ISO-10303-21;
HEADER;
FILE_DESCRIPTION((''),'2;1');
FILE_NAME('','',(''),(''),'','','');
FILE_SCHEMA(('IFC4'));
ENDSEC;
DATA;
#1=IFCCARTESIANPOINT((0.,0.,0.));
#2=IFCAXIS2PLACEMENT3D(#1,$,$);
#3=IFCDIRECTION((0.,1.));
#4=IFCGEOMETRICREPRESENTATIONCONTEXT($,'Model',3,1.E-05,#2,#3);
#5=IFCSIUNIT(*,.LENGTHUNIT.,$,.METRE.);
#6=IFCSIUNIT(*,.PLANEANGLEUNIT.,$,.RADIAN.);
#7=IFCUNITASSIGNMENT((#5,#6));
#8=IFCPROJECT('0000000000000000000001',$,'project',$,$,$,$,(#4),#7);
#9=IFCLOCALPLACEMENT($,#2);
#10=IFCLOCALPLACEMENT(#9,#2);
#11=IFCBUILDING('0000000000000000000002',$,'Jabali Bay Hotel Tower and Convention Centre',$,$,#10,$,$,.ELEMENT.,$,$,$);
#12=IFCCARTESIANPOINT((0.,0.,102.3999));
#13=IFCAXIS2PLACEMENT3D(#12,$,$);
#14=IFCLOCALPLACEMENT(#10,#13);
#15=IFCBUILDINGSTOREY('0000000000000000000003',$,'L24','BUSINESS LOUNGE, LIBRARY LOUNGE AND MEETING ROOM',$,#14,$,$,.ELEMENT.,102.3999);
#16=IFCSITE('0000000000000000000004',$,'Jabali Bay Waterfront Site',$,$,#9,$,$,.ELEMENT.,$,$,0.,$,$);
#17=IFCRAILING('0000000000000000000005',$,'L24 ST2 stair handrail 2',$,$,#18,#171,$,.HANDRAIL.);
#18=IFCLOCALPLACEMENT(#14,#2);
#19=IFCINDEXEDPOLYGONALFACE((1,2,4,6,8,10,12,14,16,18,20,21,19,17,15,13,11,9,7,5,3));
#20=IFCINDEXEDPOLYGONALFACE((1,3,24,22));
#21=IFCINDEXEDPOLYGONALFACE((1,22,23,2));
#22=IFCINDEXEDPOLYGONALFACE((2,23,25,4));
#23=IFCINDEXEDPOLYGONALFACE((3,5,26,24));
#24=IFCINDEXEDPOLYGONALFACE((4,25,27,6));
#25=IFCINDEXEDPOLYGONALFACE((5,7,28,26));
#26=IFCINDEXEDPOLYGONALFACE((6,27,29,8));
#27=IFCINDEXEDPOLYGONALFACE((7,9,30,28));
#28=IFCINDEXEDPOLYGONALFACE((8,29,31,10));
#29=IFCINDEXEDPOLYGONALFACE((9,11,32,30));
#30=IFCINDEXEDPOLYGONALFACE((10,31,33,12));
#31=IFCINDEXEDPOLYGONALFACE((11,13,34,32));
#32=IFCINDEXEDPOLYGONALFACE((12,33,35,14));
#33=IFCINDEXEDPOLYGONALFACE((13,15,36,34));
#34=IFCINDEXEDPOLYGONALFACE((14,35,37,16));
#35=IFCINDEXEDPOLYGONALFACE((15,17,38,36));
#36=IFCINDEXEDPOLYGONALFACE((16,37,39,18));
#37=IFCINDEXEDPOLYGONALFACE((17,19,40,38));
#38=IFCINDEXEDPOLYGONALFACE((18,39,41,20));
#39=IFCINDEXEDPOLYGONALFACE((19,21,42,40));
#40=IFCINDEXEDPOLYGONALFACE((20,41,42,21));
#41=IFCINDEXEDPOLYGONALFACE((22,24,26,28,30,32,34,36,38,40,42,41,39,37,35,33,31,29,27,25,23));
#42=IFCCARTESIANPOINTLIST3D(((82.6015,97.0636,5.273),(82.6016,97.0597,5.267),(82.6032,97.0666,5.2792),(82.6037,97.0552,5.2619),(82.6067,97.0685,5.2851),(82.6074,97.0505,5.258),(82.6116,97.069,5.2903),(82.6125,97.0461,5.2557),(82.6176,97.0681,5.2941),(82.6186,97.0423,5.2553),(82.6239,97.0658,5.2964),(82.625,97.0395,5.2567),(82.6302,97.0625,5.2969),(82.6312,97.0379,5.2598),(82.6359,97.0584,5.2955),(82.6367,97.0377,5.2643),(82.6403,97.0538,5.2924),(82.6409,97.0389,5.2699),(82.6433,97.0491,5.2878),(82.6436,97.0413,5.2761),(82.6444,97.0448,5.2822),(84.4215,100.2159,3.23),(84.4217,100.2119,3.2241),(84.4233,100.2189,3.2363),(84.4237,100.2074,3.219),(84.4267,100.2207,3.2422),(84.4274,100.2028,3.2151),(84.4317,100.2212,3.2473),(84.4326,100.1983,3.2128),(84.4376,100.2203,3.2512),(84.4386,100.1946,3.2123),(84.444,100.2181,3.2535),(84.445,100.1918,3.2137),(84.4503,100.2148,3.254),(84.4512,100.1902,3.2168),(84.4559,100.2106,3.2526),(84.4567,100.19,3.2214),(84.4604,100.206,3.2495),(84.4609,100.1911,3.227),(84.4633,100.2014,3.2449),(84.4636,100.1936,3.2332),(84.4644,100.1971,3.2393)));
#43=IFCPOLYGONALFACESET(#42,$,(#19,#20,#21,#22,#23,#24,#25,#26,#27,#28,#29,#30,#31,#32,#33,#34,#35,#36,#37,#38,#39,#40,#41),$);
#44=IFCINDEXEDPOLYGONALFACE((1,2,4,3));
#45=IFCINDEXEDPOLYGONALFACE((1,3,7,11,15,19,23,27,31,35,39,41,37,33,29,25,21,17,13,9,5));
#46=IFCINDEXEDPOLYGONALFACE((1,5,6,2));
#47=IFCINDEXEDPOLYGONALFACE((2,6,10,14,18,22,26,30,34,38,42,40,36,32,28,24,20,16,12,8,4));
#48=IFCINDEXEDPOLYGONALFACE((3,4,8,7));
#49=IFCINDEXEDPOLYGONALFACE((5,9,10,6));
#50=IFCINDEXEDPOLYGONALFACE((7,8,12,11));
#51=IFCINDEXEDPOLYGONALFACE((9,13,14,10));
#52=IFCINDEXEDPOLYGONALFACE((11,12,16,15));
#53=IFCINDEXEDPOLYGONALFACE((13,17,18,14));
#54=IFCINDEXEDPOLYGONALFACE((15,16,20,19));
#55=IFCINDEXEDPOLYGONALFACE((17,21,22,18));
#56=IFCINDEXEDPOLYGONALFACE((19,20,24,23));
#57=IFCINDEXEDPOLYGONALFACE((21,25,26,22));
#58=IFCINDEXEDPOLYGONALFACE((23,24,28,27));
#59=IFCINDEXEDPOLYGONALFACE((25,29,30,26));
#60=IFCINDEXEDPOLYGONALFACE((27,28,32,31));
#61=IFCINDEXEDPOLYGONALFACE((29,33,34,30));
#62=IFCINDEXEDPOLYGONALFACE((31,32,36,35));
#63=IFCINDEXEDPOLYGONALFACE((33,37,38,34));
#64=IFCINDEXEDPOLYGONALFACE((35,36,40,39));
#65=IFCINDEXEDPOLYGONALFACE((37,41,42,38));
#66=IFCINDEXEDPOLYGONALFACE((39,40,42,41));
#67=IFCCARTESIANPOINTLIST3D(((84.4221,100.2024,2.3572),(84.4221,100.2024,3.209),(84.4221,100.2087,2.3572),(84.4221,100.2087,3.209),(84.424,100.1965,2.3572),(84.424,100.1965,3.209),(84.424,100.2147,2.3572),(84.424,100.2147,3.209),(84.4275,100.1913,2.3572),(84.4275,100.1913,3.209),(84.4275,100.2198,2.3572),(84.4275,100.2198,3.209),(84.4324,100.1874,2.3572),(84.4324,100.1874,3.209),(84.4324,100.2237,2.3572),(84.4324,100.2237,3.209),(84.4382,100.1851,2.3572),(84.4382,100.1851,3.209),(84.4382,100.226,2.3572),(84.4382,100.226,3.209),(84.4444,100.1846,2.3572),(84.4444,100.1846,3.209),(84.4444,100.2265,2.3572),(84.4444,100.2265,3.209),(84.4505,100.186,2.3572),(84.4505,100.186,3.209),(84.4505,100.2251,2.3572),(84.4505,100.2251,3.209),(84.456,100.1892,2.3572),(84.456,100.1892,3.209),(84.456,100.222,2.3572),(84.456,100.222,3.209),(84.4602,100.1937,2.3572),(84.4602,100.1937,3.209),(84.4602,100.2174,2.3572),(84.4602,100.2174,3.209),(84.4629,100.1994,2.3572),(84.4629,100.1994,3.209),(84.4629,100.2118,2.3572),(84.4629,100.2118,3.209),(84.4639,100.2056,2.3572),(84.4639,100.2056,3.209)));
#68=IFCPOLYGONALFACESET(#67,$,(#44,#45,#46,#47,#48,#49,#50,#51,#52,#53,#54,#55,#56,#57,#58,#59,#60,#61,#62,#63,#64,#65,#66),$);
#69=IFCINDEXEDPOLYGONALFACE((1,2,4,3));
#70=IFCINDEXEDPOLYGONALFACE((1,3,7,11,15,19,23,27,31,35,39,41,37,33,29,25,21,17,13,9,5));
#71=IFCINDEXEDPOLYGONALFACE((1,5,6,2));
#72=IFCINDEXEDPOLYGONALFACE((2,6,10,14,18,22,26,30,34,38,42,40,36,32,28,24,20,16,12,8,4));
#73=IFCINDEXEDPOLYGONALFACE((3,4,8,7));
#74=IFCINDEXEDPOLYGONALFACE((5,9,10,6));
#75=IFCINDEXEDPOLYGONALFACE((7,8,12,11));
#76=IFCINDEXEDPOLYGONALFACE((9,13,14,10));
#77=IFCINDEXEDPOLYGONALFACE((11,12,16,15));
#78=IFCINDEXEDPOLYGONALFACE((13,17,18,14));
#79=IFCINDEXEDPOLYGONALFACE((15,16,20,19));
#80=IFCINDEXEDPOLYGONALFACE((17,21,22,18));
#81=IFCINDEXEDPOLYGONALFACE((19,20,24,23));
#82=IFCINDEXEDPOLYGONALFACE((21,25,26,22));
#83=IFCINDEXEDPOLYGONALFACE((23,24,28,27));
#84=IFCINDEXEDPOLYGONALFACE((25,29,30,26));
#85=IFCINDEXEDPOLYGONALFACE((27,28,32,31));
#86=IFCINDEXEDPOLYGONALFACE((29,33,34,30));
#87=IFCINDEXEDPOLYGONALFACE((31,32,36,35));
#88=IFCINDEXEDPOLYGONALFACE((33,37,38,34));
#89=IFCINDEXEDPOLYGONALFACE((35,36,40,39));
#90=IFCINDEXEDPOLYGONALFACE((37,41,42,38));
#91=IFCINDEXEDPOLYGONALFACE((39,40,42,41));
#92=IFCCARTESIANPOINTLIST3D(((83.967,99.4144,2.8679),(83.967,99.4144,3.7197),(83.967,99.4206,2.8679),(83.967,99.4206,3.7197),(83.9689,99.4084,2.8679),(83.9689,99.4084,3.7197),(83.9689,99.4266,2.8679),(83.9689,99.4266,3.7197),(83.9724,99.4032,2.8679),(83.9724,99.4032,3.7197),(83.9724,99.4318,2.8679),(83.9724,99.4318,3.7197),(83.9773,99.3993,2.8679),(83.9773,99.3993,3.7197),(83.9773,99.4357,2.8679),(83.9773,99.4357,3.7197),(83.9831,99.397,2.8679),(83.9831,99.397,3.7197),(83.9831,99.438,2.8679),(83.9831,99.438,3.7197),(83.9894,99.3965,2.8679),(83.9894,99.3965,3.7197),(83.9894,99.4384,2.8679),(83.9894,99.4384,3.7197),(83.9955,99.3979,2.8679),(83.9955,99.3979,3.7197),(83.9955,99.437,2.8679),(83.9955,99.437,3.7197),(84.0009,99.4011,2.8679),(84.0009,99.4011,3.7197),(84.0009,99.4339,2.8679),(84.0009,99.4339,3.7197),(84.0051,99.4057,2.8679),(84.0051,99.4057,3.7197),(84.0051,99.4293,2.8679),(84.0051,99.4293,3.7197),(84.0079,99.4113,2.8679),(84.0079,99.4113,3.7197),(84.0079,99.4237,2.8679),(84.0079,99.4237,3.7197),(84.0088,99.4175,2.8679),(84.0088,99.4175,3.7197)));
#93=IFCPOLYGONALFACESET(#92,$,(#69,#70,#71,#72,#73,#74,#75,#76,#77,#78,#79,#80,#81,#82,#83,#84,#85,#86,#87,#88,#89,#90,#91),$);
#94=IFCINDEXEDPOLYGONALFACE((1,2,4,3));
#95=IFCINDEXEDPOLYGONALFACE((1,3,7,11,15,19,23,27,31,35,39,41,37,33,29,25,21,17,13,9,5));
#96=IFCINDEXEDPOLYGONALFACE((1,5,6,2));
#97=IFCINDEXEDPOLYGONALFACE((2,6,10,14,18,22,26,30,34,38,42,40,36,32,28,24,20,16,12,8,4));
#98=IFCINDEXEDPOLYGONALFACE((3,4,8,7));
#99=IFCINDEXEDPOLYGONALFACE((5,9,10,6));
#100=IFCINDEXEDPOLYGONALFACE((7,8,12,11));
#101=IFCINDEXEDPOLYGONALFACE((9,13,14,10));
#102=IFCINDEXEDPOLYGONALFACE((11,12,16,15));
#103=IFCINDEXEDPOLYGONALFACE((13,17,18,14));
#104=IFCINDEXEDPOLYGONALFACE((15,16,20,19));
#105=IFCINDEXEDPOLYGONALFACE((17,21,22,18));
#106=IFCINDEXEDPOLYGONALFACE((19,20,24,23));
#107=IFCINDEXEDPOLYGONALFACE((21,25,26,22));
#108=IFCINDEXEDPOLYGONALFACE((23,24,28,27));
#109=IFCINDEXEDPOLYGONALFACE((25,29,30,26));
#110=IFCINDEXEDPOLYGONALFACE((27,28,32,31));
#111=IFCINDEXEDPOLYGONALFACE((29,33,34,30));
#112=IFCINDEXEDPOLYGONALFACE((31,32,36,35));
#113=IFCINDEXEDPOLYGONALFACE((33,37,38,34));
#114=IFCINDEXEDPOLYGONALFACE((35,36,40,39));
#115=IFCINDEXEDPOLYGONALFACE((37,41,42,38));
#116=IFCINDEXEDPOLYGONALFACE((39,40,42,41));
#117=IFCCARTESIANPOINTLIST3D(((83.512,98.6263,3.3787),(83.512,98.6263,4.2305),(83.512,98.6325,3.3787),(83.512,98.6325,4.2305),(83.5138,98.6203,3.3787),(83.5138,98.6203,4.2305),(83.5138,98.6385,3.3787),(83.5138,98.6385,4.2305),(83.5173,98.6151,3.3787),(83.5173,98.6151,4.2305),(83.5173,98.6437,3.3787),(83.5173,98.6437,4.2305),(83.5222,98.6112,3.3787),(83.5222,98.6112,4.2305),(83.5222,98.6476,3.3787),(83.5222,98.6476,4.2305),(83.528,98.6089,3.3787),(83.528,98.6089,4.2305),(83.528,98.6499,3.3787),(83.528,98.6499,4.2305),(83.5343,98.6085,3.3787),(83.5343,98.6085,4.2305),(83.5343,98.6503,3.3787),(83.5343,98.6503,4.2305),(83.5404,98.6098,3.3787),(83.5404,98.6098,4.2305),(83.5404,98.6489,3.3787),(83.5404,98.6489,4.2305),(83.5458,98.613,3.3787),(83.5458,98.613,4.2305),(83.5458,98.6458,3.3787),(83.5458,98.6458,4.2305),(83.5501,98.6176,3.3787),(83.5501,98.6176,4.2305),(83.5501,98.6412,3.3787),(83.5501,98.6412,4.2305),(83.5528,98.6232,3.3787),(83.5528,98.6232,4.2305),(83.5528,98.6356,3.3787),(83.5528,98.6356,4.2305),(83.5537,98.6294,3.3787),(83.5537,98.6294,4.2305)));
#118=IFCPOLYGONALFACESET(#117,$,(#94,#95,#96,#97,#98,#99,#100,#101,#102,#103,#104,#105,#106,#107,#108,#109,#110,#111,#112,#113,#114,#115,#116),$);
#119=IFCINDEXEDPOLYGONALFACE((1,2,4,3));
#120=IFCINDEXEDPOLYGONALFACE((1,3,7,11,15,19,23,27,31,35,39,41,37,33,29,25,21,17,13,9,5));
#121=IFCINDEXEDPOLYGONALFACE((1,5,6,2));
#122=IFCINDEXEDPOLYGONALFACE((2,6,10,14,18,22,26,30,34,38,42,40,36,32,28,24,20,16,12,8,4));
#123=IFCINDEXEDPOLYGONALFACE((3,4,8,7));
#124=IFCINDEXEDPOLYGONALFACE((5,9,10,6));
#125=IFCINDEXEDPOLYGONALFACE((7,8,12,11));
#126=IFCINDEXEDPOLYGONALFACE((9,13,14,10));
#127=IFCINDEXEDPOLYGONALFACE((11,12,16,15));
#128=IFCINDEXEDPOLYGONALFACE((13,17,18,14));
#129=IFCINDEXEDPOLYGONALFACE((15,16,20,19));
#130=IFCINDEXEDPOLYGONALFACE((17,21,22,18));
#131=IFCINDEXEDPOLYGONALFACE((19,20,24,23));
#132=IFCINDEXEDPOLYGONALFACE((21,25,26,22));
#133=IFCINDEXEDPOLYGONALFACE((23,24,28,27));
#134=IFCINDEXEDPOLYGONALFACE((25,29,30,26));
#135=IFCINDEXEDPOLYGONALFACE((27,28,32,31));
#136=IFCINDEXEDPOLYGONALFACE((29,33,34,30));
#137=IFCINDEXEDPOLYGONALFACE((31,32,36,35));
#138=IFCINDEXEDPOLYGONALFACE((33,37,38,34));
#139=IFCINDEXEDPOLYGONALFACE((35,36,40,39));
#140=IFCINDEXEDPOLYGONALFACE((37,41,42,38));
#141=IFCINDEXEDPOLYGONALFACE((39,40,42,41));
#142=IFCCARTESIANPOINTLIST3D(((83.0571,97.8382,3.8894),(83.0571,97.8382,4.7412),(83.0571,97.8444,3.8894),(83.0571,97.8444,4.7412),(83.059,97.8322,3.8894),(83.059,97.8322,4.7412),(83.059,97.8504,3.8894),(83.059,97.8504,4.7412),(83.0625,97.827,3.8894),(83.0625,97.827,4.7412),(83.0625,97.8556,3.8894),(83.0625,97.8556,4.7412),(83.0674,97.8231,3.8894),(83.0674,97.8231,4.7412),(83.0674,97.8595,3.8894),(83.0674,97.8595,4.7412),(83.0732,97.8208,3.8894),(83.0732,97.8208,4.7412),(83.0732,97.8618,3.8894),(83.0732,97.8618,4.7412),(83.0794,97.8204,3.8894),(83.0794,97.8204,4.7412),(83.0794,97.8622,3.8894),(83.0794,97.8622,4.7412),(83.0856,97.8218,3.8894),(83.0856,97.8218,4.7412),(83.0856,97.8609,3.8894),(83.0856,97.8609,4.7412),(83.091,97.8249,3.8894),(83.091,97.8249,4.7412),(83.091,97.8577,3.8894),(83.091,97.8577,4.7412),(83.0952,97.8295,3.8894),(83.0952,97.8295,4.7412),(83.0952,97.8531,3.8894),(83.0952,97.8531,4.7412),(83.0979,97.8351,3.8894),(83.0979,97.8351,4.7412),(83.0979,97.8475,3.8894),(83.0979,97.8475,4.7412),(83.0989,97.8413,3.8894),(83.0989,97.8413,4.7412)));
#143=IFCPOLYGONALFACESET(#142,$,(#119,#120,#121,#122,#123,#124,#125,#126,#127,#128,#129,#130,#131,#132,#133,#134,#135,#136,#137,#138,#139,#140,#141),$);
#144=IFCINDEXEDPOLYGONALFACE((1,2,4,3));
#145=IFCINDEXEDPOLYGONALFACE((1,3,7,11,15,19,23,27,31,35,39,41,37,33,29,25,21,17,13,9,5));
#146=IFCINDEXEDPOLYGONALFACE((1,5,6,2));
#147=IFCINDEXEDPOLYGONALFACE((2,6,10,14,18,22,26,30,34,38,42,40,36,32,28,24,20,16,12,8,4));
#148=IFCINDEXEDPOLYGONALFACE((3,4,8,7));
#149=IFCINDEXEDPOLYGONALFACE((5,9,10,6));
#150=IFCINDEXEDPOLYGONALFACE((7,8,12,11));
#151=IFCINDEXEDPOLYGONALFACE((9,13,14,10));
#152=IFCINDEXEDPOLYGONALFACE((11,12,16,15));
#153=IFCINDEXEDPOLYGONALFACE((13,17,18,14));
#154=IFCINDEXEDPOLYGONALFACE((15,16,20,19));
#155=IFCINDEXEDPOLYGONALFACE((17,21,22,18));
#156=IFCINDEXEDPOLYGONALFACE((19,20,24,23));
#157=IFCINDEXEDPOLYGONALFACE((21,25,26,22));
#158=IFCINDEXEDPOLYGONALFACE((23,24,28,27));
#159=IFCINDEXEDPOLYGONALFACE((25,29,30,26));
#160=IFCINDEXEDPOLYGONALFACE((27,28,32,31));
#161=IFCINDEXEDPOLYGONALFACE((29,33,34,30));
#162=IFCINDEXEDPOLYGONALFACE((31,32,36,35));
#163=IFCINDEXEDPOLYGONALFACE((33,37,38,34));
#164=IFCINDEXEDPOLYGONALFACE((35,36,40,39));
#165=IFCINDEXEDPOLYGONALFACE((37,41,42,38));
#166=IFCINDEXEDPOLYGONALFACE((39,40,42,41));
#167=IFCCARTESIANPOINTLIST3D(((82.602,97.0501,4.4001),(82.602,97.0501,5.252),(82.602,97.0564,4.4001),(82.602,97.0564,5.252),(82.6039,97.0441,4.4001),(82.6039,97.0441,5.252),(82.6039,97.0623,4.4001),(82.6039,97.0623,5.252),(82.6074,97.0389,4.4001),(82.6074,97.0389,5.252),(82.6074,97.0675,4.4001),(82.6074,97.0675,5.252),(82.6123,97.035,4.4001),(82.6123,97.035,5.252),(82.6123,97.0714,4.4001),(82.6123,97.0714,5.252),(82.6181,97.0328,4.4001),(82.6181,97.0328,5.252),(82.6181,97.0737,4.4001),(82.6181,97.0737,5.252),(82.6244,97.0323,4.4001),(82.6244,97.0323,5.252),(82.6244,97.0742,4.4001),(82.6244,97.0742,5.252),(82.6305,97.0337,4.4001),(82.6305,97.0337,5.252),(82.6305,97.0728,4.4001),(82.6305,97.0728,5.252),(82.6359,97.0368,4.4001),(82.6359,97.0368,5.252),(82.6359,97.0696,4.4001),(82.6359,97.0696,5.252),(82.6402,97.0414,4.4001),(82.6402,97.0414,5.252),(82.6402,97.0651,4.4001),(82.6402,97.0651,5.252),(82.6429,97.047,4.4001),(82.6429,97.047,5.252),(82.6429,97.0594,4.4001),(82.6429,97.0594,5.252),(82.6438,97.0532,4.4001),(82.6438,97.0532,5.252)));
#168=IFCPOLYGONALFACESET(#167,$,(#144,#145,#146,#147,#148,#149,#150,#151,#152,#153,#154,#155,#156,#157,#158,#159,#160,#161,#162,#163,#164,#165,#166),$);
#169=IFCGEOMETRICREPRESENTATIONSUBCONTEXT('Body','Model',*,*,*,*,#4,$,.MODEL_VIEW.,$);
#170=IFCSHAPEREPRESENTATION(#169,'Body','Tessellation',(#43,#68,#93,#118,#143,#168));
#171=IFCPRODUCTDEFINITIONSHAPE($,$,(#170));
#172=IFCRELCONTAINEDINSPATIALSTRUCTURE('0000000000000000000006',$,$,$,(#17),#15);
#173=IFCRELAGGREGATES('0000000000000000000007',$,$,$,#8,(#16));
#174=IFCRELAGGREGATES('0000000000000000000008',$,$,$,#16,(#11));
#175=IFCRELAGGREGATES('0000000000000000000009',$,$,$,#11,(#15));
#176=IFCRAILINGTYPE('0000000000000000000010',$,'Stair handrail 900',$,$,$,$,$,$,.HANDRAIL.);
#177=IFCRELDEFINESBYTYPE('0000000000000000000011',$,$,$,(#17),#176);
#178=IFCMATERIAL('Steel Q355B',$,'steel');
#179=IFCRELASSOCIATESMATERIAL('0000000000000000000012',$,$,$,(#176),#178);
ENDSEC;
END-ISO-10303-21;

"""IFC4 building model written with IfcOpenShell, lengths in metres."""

from ifc_helpers import new_model, si_unit, direction, frame, origin, origin_2d, place, context, subcontext, project, spatial, circle, extrude, material, type_object, element, save


model = new_model("IFC4")

# Units and contexts
model_context = context("Model", 3, precision=1e-05, world=origin(), true_north=direction((0.0, 1.0)))
body_context = subcontext(model_context, "Body", "Model", "MODEL_VIEW")
ifc_project = project(units=[si_unit("LENGTHUNIT", "METRE"), si_unit("PLANEANGLEUNIT", "RADIAN")], contexts=[model_context])

# Site, building, storey
site_placement = place(None, origin())
site = spatial("IfcSite", under=ifc_project, at=site_placement, Name="Jabali Bay Waterfront Site", CompositionType="ELEMENT", RefElevation=0.0)
building_placement = place(site_placement, origin())
building = spatial("IfcBuilding", under=site, at=building_placement, Name="Jabali Bay Hotel Tower and Convention Centre", CompositionType="ELEMENT")
storey_placement = place(building_placement, frame((0.0, 0.0, 102.3999)))
storey = spatial("IfcBuildingStorey", under=building, at=storey_placement, Name="L24", Description="BUSINESS LOUNGE, LIBRARY LOUNGE AND MEETING ROOM", CompositionType="ELEMENT", Elevation=102.3999)

# Railing
ifc_material_1 = material(Name="Steel Q355B", Category="steel")
railing_type_1 = type_object("IfcRailingType", Name="Stair handrail 900", PredefinedType="HANDRAIL", material=ifc_material_1)
railing_1_placement = place(storey_placement, frame((84.4429, 100.2056, 2.3572)))
element("IfcRailing", 1, at=railing_1_placement, inside=storey, type_object=railing_type_1, Name="L24 ST2 stair handrail 2", PredefinedType="HANDRAIL", context=body_context, shape_type="SweptSolid", body=[
    extrude(circle(Radius=0.0239, at=origin_2d()), frame((0.0, 0.0, 0.876), z_axis=(-0.436032, -0.755204, 0.489432), x_axis=(0.866018, -0.500013, 0.0)), (0.0, 0.0, 1.0), 4.1741),
    extrude(circle(Radius=0.021, at=origin_2d()), origin(), (0.0, 0.0, 1.0), 0.8518),
    extrude(circle(Radius=0.021, at=origin_2d()), frame((-0.4551, -0.7881, 0.5107)), (0.0, 0.0, 1.0), 0.8518),
    extrude(circle(Radius=0.021, at=origin_2d()), frame((-0.9102, -1.5762, 1.0215)), (0.0, 0.0, 1.0), 0.8518),
    extrude(circle(Radius=0.021, at=origin_2d()), frame((-1.365, -2.3643, 1.5322)), (0.0, 0.0, 1.0), 0.8518),
    extrude(circle(Radius=0.021, at=origin_2d()), frame((-1.8201, -3.1523, 2.043)), (0.0, 0.0, 1.0), 0.8518),
])

save(model, "model.ifc")
